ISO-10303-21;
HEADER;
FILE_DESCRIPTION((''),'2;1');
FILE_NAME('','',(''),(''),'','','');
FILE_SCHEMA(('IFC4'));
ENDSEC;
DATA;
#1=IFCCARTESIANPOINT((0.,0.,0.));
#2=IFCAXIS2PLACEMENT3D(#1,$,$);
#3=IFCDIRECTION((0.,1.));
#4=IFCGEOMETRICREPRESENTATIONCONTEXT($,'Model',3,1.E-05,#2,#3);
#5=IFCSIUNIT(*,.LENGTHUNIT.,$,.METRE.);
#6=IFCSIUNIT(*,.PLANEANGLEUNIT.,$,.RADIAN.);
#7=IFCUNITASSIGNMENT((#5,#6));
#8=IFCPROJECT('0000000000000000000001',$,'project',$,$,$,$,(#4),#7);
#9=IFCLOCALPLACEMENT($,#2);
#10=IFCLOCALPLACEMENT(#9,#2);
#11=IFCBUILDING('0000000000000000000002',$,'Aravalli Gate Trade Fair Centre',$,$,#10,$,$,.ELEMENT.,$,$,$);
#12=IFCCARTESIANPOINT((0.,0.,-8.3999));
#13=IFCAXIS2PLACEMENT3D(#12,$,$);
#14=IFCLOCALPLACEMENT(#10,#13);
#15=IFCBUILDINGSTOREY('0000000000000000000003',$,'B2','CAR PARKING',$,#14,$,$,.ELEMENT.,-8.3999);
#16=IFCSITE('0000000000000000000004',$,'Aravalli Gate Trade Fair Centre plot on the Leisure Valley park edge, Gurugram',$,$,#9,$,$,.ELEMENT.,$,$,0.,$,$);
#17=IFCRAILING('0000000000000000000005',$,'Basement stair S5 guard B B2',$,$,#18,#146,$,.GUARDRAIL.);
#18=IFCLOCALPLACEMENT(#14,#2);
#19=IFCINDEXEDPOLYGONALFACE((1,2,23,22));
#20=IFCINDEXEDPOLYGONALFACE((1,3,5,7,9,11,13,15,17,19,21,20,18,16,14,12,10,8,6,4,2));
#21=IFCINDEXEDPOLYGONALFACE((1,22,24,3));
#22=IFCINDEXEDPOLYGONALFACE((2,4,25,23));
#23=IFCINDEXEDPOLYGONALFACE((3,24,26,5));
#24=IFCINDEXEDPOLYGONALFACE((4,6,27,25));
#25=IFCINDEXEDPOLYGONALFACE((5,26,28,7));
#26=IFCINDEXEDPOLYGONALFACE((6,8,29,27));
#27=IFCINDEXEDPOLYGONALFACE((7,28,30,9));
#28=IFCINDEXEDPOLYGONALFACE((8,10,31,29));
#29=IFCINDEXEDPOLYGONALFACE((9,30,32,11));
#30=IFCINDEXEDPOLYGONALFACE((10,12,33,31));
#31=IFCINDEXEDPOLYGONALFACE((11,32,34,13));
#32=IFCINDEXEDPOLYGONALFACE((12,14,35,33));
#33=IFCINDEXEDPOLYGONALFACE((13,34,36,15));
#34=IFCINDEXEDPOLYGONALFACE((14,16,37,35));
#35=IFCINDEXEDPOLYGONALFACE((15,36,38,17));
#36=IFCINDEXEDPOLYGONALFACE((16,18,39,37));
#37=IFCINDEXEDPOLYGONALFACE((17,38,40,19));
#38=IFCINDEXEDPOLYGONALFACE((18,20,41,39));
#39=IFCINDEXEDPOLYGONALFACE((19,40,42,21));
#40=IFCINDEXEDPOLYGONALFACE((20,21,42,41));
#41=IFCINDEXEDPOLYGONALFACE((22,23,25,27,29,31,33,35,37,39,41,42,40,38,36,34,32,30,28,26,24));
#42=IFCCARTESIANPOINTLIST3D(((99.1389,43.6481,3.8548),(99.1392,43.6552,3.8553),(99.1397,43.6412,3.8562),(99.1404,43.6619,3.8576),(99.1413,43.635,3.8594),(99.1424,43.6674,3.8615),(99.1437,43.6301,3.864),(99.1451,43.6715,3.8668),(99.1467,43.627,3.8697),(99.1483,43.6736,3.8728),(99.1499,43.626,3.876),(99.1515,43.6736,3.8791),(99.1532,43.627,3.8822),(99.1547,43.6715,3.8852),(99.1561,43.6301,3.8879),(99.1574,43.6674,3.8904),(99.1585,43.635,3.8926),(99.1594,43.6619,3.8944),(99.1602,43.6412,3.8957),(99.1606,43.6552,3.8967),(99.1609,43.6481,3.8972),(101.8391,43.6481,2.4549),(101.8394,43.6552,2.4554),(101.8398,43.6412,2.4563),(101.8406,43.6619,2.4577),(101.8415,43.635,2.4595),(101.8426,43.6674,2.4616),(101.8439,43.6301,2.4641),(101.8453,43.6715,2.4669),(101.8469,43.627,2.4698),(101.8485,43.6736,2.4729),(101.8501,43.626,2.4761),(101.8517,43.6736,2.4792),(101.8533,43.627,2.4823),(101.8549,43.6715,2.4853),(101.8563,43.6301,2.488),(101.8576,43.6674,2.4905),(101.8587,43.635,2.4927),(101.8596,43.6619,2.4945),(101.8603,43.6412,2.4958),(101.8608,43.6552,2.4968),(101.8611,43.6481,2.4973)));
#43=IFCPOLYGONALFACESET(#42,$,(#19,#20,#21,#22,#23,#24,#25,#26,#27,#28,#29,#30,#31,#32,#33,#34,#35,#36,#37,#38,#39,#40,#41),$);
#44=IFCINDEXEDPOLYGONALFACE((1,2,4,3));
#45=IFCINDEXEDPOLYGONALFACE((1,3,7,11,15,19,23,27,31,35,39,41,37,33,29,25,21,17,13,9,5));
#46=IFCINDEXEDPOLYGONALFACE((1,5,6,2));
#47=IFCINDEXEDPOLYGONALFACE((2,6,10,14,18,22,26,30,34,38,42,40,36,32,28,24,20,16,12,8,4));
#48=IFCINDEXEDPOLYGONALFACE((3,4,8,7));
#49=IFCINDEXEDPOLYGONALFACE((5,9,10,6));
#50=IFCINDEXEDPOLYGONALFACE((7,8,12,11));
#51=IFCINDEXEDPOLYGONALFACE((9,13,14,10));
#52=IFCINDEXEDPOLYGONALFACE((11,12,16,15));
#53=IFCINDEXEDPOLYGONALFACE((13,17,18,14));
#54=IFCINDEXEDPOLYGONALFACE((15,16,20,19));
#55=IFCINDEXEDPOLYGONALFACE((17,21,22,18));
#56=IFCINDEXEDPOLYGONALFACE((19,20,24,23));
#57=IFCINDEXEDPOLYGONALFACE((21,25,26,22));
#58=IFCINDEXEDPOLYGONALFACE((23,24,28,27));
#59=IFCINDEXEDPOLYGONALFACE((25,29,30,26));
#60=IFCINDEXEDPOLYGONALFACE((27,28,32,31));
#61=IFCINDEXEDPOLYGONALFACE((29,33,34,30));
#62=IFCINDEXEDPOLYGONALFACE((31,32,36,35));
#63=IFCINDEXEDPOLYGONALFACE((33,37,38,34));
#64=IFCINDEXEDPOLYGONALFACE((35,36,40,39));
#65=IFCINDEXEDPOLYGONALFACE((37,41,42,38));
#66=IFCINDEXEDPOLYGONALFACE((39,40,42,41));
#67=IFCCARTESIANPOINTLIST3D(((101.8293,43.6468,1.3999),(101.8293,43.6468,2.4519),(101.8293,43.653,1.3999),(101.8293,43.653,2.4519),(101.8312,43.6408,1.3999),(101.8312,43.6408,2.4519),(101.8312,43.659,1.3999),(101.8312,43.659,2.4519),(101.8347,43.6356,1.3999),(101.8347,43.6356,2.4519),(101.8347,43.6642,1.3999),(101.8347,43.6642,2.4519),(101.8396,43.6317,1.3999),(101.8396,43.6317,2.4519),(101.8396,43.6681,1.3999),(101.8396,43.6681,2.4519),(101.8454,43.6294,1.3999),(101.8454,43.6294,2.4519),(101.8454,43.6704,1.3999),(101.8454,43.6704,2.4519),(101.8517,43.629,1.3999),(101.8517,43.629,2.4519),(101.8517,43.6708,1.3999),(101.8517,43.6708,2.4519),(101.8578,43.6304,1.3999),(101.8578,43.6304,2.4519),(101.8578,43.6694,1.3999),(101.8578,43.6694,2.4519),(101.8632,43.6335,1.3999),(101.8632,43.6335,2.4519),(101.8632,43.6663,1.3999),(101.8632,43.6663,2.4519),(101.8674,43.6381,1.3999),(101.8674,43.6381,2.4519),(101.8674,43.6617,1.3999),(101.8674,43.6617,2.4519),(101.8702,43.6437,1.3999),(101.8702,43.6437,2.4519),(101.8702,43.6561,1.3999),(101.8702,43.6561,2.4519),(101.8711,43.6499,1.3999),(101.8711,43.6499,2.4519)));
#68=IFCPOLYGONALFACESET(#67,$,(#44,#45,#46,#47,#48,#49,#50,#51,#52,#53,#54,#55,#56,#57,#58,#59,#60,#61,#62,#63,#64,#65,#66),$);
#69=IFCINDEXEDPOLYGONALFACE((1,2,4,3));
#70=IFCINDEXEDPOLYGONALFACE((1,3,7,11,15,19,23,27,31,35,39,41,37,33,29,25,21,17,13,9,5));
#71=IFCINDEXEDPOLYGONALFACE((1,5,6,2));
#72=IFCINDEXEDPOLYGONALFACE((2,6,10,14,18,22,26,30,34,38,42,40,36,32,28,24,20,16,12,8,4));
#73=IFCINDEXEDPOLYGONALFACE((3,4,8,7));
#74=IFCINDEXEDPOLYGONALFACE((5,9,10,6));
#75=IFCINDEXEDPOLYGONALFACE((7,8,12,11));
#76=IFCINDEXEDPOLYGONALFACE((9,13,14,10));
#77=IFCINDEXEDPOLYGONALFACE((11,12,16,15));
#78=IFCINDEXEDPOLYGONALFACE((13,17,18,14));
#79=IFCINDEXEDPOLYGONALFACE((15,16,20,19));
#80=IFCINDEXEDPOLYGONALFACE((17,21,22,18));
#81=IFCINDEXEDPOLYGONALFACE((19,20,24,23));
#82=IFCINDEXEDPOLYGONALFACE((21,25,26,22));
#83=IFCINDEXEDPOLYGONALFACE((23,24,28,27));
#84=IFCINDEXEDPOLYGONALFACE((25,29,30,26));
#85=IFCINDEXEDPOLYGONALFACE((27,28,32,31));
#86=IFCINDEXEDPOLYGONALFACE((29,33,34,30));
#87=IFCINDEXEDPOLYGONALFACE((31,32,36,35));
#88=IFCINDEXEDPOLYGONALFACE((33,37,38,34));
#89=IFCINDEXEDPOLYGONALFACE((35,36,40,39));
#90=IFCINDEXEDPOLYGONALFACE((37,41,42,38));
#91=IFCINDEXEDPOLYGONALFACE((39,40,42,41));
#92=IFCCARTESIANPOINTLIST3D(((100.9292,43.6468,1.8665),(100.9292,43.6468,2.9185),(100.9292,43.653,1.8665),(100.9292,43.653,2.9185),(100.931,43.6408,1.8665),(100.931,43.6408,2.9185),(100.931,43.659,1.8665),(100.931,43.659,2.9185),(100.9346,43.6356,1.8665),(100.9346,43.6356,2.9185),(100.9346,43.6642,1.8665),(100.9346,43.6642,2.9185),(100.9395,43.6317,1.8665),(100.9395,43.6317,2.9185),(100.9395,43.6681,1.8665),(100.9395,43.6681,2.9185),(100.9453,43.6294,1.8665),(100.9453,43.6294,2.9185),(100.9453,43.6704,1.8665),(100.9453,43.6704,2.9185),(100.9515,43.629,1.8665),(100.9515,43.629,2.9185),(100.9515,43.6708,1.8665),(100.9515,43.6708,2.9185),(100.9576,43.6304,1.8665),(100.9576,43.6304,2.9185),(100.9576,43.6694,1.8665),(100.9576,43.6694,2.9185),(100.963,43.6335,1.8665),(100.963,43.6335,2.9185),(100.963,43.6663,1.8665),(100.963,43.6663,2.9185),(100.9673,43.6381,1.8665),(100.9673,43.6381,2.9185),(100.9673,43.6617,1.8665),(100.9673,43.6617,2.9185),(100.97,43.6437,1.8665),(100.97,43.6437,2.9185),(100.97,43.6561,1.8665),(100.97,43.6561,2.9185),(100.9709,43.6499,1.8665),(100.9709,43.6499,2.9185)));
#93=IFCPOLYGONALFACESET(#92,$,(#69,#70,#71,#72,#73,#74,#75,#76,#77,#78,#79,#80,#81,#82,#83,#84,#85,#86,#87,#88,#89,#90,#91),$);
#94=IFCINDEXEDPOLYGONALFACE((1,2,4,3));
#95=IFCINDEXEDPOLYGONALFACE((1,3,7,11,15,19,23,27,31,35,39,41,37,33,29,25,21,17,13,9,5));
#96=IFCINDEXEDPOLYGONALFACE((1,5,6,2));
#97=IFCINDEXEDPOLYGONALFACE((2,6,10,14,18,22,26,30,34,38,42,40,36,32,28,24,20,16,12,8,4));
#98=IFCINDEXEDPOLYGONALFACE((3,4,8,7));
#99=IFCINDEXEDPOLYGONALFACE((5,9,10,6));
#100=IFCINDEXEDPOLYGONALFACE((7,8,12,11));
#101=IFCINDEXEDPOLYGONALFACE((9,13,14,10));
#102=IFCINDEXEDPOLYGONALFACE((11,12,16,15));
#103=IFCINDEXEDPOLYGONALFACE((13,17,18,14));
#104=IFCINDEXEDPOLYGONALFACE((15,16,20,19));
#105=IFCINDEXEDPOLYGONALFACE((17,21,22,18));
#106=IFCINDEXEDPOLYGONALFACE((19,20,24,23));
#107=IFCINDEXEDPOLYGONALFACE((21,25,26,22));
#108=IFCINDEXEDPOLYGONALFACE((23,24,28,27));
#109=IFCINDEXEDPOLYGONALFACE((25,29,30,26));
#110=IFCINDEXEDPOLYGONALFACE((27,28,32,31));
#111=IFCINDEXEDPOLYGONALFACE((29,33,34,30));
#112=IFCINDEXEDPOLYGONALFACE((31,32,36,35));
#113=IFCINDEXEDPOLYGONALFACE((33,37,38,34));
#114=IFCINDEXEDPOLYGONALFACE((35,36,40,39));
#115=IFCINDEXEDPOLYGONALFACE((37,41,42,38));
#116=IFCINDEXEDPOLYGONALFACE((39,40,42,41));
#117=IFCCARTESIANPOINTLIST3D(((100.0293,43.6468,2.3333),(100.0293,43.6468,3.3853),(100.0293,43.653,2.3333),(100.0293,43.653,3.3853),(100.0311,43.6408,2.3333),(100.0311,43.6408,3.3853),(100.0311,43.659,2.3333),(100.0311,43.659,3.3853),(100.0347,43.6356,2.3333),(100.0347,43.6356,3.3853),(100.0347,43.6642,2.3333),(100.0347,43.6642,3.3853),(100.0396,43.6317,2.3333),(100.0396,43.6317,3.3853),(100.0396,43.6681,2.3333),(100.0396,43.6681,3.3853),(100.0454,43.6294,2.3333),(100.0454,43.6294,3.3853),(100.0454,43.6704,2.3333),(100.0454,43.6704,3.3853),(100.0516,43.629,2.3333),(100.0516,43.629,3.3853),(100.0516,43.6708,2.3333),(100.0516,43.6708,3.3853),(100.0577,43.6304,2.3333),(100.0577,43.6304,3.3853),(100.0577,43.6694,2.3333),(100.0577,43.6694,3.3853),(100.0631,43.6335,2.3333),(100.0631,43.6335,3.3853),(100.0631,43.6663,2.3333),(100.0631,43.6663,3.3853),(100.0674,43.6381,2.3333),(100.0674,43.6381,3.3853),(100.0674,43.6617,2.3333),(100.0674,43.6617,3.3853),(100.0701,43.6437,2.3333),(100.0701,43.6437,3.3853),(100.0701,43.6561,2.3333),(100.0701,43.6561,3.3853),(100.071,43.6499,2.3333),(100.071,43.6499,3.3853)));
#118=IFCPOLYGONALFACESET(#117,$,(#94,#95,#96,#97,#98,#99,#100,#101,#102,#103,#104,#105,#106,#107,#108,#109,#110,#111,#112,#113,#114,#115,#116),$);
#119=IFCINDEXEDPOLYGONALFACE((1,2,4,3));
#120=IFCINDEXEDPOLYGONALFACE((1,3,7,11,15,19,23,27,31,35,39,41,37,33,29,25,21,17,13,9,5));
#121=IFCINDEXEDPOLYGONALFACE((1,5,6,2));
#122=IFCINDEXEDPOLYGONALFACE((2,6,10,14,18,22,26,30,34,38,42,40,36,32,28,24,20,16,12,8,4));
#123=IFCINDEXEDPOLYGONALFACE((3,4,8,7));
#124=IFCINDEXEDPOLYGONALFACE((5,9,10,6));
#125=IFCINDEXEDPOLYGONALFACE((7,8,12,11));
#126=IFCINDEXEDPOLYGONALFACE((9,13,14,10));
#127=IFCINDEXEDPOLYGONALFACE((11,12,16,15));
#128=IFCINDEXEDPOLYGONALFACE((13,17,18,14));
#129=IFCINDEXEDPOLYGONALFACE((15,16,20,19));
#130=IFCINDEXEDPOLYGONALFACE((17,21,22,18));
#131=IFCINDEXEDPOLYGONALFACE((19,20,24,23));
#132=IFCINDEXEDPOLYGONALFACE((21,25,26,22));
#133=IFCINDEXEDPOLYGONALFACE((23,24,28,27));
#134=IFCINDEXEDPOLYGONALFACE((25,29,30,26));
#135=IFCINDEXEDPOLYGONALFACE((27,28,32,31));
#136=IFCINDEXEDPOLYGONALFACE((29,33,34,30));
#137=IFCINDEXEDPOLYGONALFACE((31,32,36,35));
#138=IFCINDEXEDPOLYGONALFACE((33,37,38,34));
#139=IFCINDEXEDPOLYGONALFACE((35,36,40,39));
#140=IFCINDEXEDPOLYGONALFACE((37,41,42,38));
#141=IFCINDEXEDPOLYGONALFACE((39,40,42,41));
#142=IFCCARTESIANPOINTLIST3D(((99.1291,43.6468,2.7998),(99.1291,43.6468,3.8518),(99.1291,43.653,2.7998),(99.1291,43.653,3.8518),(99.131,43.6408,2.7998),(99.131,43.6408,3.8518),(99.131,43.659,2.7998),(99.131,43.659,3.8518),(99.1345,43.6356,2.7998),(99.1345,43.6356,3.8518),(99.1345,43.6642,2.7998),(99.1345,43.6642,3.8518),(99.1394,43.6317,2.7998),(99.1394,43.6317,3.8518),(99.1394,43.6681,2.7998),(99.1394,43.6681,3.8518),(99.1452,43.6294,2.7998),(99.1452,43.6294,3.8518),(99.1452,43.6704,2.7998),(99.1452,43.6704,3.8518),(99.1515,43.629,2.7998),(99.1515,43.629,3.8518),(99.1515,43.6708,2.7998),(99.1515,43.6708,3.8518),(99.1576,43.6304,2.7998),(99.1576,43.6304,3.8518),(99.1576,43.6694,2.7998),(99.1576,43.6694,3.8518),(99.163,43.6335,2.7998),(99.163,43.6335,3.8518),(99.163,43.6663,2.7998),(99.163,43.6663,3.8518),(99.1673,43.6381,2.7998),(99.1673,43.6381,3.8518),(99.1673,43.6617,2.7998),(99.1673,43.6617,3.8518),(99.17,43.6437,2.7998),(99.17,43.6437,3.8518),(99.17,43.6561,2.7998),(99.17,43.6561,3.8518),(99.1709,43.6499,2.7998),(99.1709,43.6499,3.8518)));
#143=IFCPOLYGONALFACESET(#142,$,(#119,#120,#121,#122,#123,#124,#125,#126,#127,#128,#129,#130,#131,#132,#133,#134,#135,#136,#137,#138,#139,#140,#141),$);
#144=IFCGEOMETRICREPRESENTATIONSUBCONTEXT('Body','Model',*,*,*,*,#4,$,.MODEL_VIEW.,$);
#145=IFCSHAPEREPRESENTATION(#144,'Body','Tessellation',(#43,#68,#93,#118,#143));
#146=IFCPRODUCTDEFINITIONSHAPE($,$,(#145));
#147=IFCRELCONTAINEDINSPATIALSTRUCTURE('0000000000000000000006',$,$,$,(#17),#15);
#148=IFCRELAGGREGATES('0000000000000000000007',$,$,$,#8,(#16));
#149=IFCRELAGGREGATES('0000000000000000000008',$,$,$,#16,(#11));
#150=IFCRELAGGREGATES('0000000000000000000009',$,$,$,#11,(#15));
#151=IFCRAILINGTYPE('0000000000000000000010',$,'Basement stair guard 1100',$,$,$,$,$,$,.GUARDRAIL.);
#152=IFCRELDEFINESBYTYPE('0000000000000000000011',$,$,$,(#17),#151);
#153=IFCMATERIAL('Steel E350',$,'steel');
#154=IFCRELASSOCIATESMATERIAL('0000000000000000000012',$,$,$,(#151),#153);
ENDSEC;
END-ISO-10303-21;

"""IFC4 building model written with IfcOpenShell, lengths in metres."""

from ifc_helpers import new_model, si_unit, direction, frame, origin, origin_2d, place, context, subcontext, project, spatial, circle, extrude, material, type_object, element, save


model = new_model("IFC4")

# Units and contexts
model_context = context("Model", 3, precision=1e-05, world=origin(), true_north=direction((0.0, 1.0)))
body_context = subcontext(model_context, "Body", "Model", "MODEL_VIEW")
ifc_project = project(units=[si_unit("LENGTHUNIT", "METRE"), si_unit("PLANEANGLEUNIT", "RADIAN")], contexts=[model_context])

# Site, building, storey
site_placement = place(None, origin())
site = spatial("IfcSite", under=ifc_project, at=site_placement, Name="Aravalli Gate Trade Fair Centre plot on the Leisure Valley park edge, Gurugram", CompositionType="ELEMENT", RefElevation=0.0)
building_placement = place(site_placement, origin())
building = spatial("IfcBuilding", under=site, at=building_placement, Name="Aravalli Gate Trade Fair Centre", CompositionType="ELEMENT")
storey_placement = place(building_placement, frame((0.0, 0.0, -8.3999)))
storey = spatial("IfcBuildingStorey", under=building, at=storey_placement, Name="B2", Description="CAR PARKING", CompositionType="ELEMENT", Elevation=-8.3999)

# Railing
ifc_material_1 = material(Name="Steel E350", Category="steel")
railing_type_1 = type_object("IfcRailingType", Name="Basement stair guard 1100", PredefinedType="GUARDRAIL", material=ifc_material_1)
railing_1_placement = place(storey_placement, frame((101.8501, 43.6499, 1.3999)))
element("IfcRailing", 1, at=railing_1_placement, inside=storey, type_object=railing_type_1, Name="Basement stair S5 guard B B2", PredefinedType="GUARDRAIL", context=body_context, shape_type="SweptSolid", body=[
    extrude(circle(Radius=0.0239, at=origin_2d()), frame((0.0, 0.0, 1.0762), z_axis=(-0.887781, 0.0, 0.460266), x_axis=(0.0, -1.0, 0.0)), (0.0, 0.0, 1.0), 3.0415),
    extrude(circle(Radius=0.021, at=origin_2d()), origin(), (0.0, 0.0, 1.0), 1.052),
    extrude(circle(Radius=0.021, at=origin_2d()), frame((-0.9001, 0.0, 0.4666)), (0.0, 0.0, 1.0), 1.052),
    extrude(circle(Radius=0.021, at=origin_2d()), frame((-1.8, 0.0, 0.9333)), (0.0, 0.0, 1.0), 1.052),
    extrude(circle(Radius=0.021, at=origin_2d()), frame((-2.7002, 0.0, 1.3999)), (0.0, 0.0, 1.0), 1.052),
])

save(model, "model.ifc")
